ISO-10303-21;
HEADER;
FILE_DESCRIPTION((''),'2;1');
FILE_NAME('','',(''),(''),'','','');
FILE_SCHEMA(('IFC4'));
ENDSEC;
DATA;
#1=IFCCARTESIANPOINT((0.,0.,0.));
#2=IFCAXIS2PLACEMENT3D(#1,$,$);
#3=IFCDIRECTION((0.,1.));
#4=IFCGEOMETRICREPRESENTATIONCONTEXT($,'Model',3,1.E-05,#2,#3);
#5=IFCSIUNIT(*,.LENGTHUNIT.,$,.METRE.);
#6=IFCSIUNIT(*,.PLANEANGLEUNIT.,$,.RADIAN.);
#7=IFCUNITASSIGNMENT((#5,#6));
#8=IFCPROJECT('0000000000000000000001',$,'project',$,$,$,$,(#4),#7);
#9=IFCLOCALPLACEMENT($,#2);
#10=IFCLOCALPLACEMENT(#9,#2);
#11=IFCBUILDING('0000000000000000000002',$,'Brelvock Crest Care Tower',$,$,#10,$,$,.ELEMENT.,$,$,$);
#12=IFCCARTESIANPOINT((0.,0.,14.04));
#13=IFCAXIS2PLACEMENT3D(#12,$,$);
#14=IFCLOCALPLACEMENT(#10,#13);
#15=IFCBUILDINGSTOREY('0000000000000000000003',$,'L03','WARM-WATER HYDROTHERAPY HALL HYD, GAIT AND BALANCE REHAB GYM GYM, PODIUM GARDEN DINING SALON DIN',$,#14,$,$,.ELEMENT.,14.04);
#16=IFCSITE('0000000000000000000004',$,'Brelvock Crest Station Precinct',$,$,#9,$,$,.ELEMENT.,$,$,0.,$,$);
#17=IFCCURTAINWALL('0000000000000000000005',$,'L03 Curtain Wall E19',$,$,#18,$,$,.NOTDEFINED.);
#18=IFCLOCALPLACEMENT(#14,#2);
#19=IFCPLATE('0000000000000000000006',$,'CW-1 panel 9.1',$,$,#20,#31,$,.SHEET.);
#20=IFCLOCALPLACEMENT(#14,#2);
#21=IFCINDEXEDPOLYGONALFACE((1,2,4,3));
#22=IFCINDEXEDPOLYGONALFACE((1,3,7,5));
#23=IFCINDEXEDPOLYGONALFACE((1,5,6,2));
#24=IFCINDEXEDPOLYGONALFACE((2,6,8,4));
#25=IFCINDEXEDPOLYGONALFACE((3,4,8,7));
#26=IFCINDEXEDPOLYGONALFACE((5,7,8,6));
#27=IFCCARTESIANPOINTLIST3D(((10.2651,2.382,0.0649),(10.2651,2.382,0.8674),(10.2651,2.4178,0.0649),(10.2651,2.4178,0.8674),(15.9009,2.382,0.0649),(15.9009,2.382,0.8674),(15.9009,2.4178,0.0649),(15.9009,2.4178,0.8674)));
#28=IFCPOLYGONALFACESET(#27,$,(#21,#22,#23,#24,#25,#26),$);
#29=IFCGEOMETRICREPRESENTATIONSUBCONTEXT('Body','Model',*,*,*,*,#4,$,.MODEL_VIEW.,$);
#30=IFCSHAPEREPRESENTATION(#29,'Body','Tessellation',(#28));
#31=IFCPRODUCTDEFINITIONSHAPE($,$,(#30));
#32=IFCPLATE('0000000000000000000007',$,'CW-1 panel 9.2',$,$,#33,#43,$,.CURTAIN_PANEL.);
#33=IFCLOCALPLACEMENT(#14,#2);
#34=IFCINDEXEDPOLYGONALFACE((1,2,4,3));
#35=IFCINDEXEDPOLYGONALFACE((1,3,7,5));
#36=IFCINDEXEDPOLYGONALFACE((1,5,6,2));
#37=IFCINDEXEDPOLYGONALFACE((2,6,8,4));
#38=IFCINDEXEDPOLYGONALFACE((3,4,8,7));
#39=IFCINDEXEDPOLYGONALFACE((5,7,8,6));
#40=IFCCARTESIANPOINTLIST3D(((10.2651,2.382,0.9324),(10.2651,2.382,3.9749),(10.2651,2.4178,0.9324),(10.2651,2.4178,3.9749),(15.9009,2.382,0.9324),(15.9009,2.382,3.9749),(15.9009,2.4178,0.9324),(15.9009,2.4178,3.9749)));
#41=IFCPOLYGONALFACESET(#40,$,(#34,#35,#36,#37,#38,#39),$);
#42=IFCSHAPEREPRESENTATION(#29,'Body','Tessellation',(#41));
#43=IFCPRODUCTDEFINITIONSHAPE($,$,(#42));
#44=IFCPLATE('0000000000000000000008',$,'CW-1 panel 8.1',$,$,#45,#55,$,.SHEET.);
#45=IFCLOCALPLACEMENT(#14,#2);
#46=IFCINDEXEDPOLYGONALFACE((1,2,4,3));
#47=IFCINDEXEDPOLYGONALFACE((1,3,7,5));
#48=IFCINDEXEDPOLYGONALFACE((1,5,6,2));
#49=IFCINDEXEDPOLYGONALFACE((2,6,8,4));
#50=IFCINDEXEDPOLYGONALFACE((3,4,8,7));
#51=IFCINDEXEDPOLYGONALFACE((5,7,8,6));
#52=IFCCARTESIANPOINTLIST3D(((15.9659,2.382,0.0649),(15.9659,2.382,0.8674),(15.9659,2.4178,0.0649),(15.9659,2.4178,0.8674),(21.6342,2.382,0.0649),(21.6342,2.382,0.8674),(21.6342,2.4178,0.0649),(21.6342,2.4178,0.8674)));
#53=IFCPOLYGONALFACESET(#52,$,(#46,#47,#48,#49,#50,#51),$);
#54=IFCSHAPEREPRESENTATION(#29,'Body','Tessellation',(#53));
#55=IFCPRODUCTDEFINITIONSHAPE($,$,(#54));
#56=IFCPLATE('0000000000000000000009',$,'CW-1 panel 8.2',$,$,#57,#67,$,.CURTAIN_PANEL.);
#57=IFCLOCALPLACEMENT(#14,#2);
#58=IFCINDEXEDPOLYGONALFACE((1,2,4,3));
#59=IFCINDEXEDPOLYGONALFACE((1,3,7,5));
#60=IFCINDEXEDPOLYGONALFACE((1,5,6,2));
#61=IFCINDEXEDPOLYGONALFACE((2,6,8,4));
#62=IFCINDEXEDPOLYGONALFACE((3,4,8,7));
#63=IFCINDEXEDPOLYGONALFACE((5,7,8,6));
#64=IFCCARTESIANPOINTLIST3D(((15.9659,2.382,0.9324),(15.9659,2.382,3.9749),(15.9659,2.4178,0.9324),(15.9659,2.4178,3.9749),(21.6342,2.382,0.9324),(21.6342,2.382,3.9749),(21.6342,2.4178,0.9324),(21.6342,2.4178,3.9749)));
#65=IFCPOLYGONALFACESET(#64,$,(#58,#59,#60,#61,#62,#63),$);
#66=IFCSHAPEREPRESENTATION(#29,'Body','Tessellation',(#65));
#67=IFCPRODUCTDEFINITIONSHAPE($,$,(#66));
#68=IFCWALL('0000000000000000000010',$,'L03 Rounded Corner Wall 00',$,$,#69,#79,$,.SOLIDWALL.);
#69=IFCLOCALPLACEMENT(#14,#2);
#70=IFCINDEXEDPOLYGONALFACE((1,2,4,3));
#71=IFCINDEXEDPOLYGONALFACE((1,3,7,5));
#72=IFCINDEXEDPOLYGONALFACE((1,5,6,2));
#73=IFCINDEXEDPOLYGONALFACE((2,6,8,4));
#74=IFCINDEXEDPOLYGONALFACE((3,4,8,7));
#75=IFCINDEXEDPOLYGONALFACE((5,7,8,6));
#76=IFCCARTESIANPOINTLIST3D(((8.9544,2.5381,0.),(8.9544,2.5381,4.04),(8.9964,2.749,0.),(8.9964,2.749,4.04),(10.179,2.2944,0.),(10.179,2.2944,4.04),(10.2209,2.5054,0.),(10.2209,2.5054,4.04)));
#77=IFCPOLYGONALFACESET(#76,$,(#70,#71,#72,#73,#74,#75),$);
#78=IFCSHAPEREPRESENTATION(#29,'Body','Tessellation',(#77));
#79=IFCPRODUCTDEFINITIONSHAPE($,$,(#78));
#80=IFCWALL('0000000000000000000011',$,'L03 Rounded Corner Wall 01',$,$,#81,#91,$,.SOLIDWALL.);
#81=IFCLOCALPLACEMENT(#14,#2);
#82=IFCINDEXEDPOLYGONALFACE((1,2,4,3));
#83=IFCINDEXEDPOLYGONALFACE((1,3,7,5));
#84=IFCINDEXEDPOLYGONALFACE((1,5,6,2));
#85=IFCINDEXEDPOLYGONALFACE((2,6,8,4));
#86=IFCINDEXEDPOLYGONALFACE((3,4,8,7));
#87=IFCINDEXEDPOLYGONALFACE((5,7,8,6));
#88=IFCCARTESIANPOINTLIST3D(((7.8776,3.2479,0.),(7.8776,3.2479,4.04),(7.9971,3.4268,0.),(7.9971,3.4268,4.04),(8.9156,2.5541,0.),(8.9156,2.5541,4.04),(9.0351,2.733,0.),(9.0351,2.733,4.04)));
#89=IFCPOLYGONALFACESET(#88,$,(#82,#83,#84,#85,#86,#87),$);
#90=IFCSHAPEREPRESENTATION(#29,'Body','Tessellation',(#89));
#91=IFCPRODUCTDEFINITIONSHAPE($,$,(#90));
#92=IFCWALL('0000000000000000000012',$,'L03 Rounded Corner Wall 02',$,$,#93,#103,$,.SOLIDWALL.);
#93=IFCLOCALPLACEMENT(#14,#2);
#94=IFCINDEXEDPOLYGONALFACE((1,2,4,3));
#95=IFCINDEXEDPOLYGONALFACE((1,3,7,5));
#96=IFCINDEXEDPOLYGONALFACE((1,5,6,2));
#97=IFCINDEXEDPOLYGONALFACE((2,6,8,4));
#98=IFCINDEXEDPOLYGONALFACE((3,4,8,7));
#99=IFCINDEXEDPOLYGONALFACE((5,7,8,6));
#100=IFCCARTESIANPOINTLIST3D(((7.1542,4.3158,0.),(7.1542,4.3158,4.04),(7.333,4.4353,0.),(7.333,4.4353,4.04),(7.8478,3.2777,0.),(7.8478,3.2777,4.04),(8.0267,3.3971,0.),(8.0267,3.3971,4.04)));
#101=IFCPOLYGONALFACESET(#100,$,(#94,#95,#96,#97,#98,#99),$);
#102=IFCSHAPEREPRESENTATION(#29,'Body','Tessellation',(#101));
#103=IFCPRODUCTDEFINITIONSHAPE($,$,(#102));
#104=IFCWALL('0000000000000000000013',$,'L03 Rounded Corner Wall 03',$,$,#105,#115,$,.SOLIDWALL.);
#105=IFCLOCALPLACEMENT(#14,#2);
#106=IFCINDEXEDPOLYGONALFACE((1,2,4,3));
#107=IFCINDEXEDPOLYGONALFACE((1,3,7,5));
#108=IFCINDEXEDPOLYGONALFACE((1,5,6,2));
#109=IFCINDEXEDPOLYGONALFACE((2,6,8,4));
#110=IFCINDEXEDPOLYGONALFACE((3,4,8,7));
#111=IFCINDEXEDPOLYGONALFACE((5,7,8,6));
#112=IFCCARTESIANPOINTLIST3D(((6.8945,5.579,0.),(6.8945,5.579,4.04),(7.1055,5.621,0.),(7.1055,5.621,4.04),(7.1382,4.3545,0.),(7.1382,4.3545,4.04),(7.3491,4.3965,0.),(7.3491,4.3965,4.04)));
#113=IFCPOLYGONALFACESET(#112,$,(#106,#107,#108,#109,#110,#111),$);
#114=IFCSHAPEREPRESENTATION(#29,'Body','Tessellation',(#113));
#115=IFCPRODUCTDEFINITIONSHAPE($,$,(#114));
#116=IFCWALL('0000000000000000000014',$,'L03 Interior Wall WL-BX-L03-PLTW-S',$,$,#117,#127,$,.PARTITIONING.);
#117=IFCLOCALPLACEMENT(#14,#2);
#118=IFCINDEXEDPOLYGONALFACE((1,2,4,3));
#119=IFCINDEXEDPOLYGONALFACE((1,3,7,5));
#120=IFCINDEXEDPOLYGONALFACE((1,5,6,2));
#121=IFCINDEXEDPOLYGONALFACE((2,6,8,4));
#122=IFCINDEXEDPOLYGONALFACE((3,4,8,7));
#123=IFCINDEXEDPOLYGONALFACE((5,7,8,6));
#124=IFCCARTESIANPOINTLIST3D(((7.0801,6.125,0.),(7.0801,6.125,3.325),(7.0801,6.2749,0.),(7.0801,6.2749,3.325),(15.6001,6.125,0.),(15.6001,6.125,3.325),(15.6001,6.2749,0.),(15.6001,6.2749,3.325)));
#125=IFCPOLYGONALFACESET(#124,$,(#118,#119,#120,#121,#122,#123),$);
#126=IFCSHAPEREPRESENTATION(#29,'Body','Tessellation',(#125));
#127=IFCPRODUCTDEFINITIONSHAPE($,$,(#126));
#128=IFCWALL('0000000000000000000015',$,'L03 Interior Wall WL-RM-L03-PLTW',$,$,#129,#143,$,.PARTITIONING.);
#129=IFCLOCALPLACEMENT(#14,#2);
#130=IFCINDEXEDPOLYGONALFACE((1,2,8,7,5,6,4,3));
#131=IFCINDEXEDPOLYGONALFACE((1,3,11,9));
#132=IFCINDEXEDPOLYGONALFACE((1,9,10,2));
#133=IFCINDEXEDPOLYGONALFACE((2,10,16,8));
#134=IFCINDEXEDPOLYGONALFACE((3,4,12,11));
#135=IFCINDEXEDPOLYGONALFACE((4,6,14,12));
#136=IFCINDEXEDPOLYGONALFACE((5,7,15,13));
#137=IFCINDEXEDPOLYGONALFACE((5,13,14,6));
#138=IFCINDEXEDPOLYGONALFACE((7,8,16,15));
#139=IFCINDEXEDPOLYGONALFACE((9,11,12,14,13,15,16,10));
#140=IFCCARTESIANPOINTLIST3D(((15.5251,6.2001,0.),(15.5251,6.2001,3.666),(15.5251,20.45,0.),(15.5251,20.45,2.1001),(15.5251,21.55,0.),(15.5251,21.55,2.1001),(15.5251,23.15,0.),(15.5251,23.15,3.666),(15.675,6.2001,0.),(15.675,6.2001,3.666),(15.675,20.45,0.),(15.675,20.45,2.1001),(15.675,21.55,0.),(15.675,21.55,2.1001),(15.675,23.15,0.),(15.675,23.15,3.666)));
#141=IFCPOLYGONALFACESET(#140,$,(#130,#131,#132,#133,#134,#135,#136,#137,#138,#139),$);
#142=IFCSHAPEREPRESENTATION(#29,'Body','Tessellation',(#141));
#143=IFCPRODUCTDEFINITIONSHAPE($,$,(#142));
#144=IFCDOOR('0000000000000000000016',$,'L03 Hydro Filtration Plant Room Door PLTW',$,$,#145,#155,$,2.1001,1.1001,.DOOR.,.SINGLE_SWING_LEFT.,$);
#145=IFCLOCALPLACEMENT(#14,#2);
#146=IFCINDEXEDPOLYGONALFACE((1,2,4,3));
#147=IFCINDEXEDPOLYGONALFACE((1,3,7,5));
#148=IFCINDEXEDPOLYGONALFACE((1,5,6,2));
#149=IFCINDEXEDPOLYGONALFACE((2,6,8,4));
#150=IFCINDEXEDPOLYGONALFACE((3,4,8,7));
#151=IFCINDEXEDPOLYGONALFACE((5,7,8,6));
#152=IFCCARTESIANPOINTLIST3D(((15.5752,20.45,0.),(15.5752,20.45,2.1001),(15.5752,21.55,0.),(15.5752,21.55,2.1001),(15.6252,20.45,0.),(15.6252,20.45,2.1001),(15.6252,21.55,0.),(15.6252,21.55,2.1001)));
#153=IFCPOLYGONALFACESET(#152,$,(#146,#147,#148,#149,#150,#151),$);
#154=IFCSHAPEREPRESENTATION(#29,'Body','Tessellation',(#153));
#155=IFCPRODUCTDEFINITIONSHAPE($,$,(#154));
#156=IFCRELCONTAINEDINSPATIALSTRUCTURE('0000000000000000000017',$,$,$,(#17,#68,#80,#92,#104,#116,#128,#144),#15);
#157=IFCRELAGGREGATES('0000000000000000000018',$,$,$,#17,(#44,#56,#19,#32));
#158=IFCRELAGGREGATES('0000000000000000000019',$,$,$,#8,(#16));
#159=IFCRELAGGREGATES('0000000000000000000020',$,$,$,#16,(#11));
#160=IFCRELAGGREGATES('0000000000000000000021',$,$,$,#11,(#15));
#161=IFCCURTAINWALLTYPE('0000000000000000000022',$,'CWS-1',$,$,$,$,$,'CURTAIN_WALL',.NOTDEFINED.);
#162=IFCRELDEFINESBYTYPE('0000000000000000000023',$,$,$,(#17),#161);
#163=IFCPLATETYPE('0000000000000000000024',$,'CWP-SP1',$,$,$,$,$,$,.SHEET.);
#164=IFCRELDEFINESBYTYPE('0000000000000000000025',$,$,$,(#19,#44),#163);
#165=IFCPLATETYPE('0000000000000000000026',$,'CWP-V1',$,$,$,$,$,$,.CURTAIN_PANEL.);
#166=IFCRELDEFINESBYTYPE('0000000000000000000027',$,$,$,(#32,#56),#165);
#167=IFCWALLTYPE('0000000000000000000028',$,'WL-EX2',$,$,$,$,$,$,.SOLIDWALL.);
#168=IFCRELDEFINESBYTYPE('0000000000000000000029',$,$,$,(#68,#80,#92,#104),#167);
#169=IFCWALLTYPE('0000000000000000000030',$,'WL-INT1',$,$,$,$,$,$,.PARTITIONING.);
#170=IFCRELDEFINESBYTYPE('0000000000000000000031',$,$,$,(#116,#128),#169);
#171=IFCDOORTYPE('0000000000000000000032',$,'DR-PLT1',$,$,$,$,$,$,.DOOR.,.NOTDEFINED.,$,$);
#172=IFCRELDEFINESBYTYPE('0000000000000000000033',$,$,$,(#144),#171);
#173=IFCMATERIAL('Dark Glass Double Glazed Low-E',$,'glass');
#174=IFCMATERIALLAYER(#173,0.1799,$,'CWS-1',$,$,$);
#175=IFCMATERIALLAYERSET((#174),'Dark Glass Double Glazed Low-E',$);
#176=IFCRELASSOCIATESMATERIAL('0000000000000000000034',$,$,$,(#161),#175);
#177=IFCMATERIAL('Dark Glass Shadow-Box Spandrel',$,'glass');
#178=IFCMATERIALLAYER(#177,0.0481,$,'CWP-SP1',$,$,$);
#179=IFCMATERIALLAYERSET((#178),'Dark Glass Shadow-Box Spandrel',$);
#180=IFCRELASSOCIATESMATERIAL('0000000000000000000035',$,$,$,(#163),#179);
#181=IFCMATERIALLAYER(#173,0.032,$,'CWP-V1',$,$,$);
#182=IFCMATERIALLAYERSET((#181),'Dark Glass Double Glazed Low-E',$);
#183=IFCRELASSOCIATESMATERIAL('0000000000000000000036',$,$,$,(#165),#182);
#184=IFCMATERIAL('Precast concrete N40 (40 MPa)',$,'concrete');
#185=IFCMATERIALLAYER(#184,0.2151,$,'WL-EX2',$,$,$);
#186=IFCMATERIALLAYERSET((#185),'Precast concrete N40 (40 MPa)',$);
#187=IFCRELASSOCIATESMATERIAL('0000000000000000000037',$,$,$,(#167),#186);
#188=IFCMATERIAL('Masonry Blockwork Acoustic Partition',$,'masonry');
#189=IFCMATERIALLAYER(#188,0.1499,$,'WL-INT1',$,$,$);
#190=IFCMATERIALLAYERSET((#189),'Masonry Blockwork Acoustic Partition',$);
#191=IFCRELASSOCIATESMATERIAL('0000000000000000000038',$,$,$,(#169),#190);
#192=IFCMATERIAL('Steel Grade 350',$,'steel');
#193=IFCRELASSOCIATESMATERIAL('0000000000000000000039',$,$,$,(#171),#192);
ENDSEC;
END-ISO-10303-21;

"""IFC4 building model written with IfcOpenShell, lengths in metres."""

from ifc_helpers import new_model, si_unit, direction, frame, frame_2d, origin, origin_2d, place, context, subcontext, project, spatial, rectangle, extrude, source, transform, mapped, material, layer, layer_set, type_object, element, fill, aggregate, save


model = new_model("IFC4")

# Units and contexts
model_context = context("Model", 3, precision=1e-05, world=origin(), true_north=direction((0.0, 1.0)))
body_context = subcontext(model_context, "Body", "Model", "MODEL_VIEW")
ifc_project = project(units=[si_unit("LENGTHUNIT", "METRE"), si_unit("PLANEANGLEUNIT", "RADIAN")], contexts=[model_context])

# Site, building, storey
site_placement = place(None, origin())
site = spatial("IfcSite", under=ifc_project, at=site_placement, Name="Brelvock Crest Station Precinct", CompositionType="ELEMENT", RefElevation=0.0)
building_placement = place(site_placement, origin())
building = spatial("IfcBuilding", under=site, at=building_placement, Name="Brelvock Crest Care Tower", CompositionType="ELEMENT")
storey_placement = place(building_placement, frame((0.0, 0.0, 14.04)))
storey = spatial("IfcBuildingStorey", under=building, at=storey_placement, Name="L03", Description="WARM-WATER HYDROTHERAPY HALL HYD, GAIT AND BALANCE REHAB GYM GYM, PODIUM GARDEN DINING SALON DIN", CompositionType="ELEMENT", Elevation=14.04)

# Shared definitions
ifc_material_1 = material(Name="Steel Grade 350", Category="steel")

# Curtain wall
ifc_material_2 = material(Name="Dark Glass Double Glazed Low-E", Category="glass")
ifc_layer_1 = layer(ifc_material_2, 0.1799, Name="CWS-1")
ifc_layer_set_1 = layer_set([ifc_layer_1], Name="Dark Glass Double Glazed Low-E")
curtain_wall_type = type_object("IfcCurtainWallType", Name="CWS-1", ElementType="CURTAIN_WALL", PredefinedType="NOTDEFINED", material=ifc_layer_set_1)
curtain_wall_1_placement = place(storey_placement, origin())
curtain_wall_1 = element("IfcCurtainWall", 1, at=curtain_wall_1_placement, inside=storey, type_object=curtain_wall_type, Name="L03 Curtain Wall E19", PredefinedType="NOTDEFINED")

# Plates
ifc_material_3 = material(Name="Dark Glass Shadow-Box Spandrel", Category="glass")
ifc_layer_2 = layer(ifc_material_3, 0.0481, Name="CWP-SP1")
ifc_layer_set_2 = layer_set([ifc_layer_2], Name="Dark Glass Shadow-Box Spandrel")
plate_type_1 = type_object("IfcPlateType", Name="CWP-SP1", PredefinedType="SHEET", material=ifc_layer_set_2)
ifc_layer_3 = layer(ifc_material_2, 0.032, Name="CWP-V1")
ifc_layer_set_3 = layer_set([ifc_layer_3], Name="Dark Glass Double Glazed Low-E")
plate_type_2 = type_object("IfcPlateType", Name="CWP-V1", PredefinedType="CURTAIN_PANEL", material=ifc_layer_set_3)
shared_shape_1 = source(origin(), body_context, "Body", "SweptSolid", [
    extrude(rectangle(XDim=5.6357, YDim=0.0359, at=origin_2d()), origin(), (0.0, 0.0, 1.0), 0.8025),
])
plate_1_placement = place(storey_placement, frame((13.083, 2.3999, 0.0649), z_axis=(0.0, 0.0, 1.0), x_axis=(-1.0, 0.0, 0.0)))
plate_1 = element("IfcPlate", 2, at=plate_1_placement, type_object=plate_type_1, Name="CW-1 panel 9.1", PredefinedType="SHEET", context=body_context, shape_type="MappedRepresentation", body=[
    mapped(shared_shape_1, transform((0.0, 0.0, 0.0), x_axis=(1.0, 0.0, 0.0), y_axis=(0.0, 1.0, 0.0), z_axis=(0.0, 0.0, 1.0), scale=1.0)),
])
shared_shape_2 = source(origin(), body_context, "Body", "SweptSolid", [
    extrude(rectangle(XDim=5.6357, YDim=0.0359, at=origin_2d()), origin(), (0.0, 0.0, 1.0), 3.0425),
])
plate_2_placement = place(storey_placement, frame((13.083, 2.3999, 0.9324), z_axis=(0.0, 0.0, 1.0), x_axis=(-1.0, 0.0, 0.0)))
plate_2 = element("IfcPlate", 3, at=plate_2_placement, type_object=plate_type_2, Name="CW-1 panel 9.2", PredefinedType="CURTAIN_PANEL", context=body_context, shape_type="MappedRepresentation", body=[
    mapped(shared_shape_2, transform((0.0, 0.0, 0.0), x_axis=(1.0, 0.0, 0.0), y_axis=(0.0, 1.0, 0.0), z_axis=(0.0, 0.0, 1.0), scale=1.0)),
])
shared_shape_3 = source(origin(), body_context, "Body", "SweptSolid", [
    extrude(rectangle(XDim=5.6682, YDim=0.0359, at=origin_2d()), origin(), (0.0, 0.0, 1.0), 0.8025),
])
plate_3_placement = place(storey_placement, frame((18.8, 2.3999, 0.0649), z_axis=(0.0, 0.0, 1.0), x_axis=(-1.0, 0.0, 0.0)))
plate_3 = element("IfcPlate", 4, at=plate_3_placement, type_object=plate_type_1, Name="CW-1 panel 8.1", PredefinedType="SHEET", context=body_context, shape_type="MappedRepresentation", body=[
    mapped(shared_shape_3, transform((0.0, 0.0, 0.0), x_axis=(1.0, 0.0, 0.0), y_axis=(0.0, 1.0, 0.0), z_axis=(0.0, 0.0, 1.0), scale=1.0)),
])
shared_shape_4 = source(origin(), body_context, "Body", "SweptSolid", [
    extrude(rectangle(XDim=5.6682, YDim=0.0359, at=origin_2d()), origin(), (0.0, 0.0, 1.0), 3.0425),
])
plate_4_placement = place(storey_placement, frame((18.8, 2.3999, 0.9324), z_axis=(0.0, 0.0, 1.0), x_axis=(-1.0, 0.0, 0.0)))
plate_4 = element("IfcPlate", 5, at=plate_4_placement, type_object=plate_type_2, Name="CW-1 panel 8.2", PredefinedType="CURTAIN_PANEL", context=body_context, shape_type="MappedRepresentation", body=[
    mapped(shared_shape_4, transform((0.0, 0.0, 0.0), x_axis=(1.0, 0.0, 0.0), y_axis=(0.0, 1.0, 0.0), z_axis=(0.0, 0.0, 1.0), scale=1.0)),
])
aggregate(curtain_wall_1, [plate_3, plate_4, plate_1, plate_2])

# Walls
ifc_material_4 = material(Name="Precast concrete N40 (40 MPa)", Category="concrete")
ifc_layer_4 = layer(ifc_material_4, 0.2151, Name="WL-EX2")
ifc_layer_set_4 = layer_set([ifc_layer_4], Name="Precast concrete N40 (40 MPa)")
wall_type_1 = type_object("IfcWallType", Name="WL-EX2", PredefinedType="SOLIDWALL", material=ifc_layer_set_4)
for number, where, z_axis, x_axis, name in (
    (6, (10.2, 2.3999, 0.0), (0.0, 0.0, 1.0), (-0.980776, 0.195138, 0.0), "L03 Rounded Corner Wall 00"),
    (7, (8.9753, 2.6436, 0.0), (0.0, 0.0, 1.0), (-0.831388, 0.555692, 0.0), "L03 Rounded Corner Wall 01"),
    (8, (7.9373, 3.3374, 0.0), (0.0, 0.0, 1.0), (-0.555557, 0.831478, 0.0), "L03 Rounded Corner Wall 02"),
    (9, (7.2437, 4.3755, 0.0), (0.0, 0.0, 1.0), (-0.195138, 0.980776, 0.0), "L03 Rounded Corner Wall 03"),
):
    element("IfcWall", number, at=place(storey_placement, frame(where, z_axis=z_axis, x_axis=x_axis)), inside=storey, type_object=wall_type_1, Name=name, PredefinedType="SOLIDWALL", context=body_context, shape_type="SweptSolid", body=[
        extrude(rectangle(XDim=1.2485, YDim=0.2151, at=frame_2d((0.6243, 0.0))), origin(), (0.0, 0.0, 1.0), 4.04),
    ])
ifc_material_5 = material(Name="Masonry Blockwork Acoustic Partition", Category="masonry")
ifc_layer_5 = layer(ifc_material_5, 0.1499, Name="WL-INT1")
ifc_layer_set_5 = layer_set([ifc_layer_5], Name="Masonry Blockwork Acoustic Partition")
wall_type_2 = type_object("IfcWallType", Name="WL-INT1", PredefinedType="PARTITIONING", material=ifc_layer_set_5)
wall_1_placement = place(storey_placement, frame((7.0801, 6.2, 0.0), z_axis=(0.0, 0.0, 1.0), x_axis=(1.0, 0.0, 0.0)))
element("IfcWall", 10, at=wall_1_placement, inside=storey, type_object=wall_type_2, Name="L03 Interior Wall WL-BX-L03-PLTW-S", PredefinedType="PARTITIONING", context=body_context, shape_type="SweptSolid", body=[
    extrude(rectangle(XDim=8.52, YDim=0.1499, at=frame_2d((4.26, 0.0))), origin(), (0.0, 0.0, 1.0), 3.325),
])

# Wall, opening, door
wall_2_placement = place(storey_placement, frame((15.6001, 6.2, 0.0), z_axis=(0.0, 0.0, 1.0), x_axis=(0.0, 1.0, 0.0)))
wall_2 = element("IfcWall", 11, at=wall_2_placement, inside=storey, type_object=wall_type_2, Name="L03 Interior Wall WL-RM-L03-PLTW", PredefinedType="PARTITIONING", context=body_context, shape_type="SweptSolid", body=[
    extrude(rectangle(XDim=16.95, YDim=0.1499, at=frame_2d((8.4751, 0.0))), origin(), (0.0, 0.0, 1.0), 3.666),
])
opening_placement = place(wall_2_placement, frame((14.25, 0.0, 0.0)))
opening = element("IfcOpeningElement", 12, at=opening_placement, cuts=wall_2, PredefinedType="OPENING", context=body_context, shape_type="SweptSolid", body=[
    extrude(rectangle(XDim=1.1001, YDim=2.1001, at=origin_2d()), frame((0.55, 0.085, 1.05), z_axis=(0.0, -1.0, 0.0), x_axis=(1.0, 0.0, 0.0)), (0.0, 0.0, 1.0), 0.1699),
])
door_type = type_object("IfcDoorType", Name="DR-PLT1", OperationType="NOTDEFINED", PredefinedType="DOOR", material=ifc_material_1)
shared_shape_5 = source(origin(), body_context, "Body", "SweptSolid", [
    extrude(rectangle(XDim=1.1001, YDim=2.1001, at=origin_2d()), frame((0.55, 0.0249, 1.05), z_axis=(0.0, -1.0, 0.0), x_axis=(1.0, 0.0, 0.0)), (0.0, 0.0, 1.0), 0.05),
])
door_placement = place(opening_placement, origin())
door = element("IfcDoor", 13, at=door_placement, inside=storey, type_object=door_type, Name="L03 Hydro Filtration Plant Room Door PLTW", OperationType="SINGLE_SWING_LEFT", OverallHeight=2.1001, OverallWidth=1.1001, PredefinedType="DOOR", context=body_context, shape_type="MappedRepresentation", body=[
    mapped(shared_shape_5, transform((0.0, 0.0, 0.0), x_axis=(1.0, 0.0, 0.0), y_axis=(0.0, 1.0, 0.0), z_axis=(0.0, 0.0, 1.0), scale=1.0)),
])
fill(opening, door)

save(model, "model.ifc")
